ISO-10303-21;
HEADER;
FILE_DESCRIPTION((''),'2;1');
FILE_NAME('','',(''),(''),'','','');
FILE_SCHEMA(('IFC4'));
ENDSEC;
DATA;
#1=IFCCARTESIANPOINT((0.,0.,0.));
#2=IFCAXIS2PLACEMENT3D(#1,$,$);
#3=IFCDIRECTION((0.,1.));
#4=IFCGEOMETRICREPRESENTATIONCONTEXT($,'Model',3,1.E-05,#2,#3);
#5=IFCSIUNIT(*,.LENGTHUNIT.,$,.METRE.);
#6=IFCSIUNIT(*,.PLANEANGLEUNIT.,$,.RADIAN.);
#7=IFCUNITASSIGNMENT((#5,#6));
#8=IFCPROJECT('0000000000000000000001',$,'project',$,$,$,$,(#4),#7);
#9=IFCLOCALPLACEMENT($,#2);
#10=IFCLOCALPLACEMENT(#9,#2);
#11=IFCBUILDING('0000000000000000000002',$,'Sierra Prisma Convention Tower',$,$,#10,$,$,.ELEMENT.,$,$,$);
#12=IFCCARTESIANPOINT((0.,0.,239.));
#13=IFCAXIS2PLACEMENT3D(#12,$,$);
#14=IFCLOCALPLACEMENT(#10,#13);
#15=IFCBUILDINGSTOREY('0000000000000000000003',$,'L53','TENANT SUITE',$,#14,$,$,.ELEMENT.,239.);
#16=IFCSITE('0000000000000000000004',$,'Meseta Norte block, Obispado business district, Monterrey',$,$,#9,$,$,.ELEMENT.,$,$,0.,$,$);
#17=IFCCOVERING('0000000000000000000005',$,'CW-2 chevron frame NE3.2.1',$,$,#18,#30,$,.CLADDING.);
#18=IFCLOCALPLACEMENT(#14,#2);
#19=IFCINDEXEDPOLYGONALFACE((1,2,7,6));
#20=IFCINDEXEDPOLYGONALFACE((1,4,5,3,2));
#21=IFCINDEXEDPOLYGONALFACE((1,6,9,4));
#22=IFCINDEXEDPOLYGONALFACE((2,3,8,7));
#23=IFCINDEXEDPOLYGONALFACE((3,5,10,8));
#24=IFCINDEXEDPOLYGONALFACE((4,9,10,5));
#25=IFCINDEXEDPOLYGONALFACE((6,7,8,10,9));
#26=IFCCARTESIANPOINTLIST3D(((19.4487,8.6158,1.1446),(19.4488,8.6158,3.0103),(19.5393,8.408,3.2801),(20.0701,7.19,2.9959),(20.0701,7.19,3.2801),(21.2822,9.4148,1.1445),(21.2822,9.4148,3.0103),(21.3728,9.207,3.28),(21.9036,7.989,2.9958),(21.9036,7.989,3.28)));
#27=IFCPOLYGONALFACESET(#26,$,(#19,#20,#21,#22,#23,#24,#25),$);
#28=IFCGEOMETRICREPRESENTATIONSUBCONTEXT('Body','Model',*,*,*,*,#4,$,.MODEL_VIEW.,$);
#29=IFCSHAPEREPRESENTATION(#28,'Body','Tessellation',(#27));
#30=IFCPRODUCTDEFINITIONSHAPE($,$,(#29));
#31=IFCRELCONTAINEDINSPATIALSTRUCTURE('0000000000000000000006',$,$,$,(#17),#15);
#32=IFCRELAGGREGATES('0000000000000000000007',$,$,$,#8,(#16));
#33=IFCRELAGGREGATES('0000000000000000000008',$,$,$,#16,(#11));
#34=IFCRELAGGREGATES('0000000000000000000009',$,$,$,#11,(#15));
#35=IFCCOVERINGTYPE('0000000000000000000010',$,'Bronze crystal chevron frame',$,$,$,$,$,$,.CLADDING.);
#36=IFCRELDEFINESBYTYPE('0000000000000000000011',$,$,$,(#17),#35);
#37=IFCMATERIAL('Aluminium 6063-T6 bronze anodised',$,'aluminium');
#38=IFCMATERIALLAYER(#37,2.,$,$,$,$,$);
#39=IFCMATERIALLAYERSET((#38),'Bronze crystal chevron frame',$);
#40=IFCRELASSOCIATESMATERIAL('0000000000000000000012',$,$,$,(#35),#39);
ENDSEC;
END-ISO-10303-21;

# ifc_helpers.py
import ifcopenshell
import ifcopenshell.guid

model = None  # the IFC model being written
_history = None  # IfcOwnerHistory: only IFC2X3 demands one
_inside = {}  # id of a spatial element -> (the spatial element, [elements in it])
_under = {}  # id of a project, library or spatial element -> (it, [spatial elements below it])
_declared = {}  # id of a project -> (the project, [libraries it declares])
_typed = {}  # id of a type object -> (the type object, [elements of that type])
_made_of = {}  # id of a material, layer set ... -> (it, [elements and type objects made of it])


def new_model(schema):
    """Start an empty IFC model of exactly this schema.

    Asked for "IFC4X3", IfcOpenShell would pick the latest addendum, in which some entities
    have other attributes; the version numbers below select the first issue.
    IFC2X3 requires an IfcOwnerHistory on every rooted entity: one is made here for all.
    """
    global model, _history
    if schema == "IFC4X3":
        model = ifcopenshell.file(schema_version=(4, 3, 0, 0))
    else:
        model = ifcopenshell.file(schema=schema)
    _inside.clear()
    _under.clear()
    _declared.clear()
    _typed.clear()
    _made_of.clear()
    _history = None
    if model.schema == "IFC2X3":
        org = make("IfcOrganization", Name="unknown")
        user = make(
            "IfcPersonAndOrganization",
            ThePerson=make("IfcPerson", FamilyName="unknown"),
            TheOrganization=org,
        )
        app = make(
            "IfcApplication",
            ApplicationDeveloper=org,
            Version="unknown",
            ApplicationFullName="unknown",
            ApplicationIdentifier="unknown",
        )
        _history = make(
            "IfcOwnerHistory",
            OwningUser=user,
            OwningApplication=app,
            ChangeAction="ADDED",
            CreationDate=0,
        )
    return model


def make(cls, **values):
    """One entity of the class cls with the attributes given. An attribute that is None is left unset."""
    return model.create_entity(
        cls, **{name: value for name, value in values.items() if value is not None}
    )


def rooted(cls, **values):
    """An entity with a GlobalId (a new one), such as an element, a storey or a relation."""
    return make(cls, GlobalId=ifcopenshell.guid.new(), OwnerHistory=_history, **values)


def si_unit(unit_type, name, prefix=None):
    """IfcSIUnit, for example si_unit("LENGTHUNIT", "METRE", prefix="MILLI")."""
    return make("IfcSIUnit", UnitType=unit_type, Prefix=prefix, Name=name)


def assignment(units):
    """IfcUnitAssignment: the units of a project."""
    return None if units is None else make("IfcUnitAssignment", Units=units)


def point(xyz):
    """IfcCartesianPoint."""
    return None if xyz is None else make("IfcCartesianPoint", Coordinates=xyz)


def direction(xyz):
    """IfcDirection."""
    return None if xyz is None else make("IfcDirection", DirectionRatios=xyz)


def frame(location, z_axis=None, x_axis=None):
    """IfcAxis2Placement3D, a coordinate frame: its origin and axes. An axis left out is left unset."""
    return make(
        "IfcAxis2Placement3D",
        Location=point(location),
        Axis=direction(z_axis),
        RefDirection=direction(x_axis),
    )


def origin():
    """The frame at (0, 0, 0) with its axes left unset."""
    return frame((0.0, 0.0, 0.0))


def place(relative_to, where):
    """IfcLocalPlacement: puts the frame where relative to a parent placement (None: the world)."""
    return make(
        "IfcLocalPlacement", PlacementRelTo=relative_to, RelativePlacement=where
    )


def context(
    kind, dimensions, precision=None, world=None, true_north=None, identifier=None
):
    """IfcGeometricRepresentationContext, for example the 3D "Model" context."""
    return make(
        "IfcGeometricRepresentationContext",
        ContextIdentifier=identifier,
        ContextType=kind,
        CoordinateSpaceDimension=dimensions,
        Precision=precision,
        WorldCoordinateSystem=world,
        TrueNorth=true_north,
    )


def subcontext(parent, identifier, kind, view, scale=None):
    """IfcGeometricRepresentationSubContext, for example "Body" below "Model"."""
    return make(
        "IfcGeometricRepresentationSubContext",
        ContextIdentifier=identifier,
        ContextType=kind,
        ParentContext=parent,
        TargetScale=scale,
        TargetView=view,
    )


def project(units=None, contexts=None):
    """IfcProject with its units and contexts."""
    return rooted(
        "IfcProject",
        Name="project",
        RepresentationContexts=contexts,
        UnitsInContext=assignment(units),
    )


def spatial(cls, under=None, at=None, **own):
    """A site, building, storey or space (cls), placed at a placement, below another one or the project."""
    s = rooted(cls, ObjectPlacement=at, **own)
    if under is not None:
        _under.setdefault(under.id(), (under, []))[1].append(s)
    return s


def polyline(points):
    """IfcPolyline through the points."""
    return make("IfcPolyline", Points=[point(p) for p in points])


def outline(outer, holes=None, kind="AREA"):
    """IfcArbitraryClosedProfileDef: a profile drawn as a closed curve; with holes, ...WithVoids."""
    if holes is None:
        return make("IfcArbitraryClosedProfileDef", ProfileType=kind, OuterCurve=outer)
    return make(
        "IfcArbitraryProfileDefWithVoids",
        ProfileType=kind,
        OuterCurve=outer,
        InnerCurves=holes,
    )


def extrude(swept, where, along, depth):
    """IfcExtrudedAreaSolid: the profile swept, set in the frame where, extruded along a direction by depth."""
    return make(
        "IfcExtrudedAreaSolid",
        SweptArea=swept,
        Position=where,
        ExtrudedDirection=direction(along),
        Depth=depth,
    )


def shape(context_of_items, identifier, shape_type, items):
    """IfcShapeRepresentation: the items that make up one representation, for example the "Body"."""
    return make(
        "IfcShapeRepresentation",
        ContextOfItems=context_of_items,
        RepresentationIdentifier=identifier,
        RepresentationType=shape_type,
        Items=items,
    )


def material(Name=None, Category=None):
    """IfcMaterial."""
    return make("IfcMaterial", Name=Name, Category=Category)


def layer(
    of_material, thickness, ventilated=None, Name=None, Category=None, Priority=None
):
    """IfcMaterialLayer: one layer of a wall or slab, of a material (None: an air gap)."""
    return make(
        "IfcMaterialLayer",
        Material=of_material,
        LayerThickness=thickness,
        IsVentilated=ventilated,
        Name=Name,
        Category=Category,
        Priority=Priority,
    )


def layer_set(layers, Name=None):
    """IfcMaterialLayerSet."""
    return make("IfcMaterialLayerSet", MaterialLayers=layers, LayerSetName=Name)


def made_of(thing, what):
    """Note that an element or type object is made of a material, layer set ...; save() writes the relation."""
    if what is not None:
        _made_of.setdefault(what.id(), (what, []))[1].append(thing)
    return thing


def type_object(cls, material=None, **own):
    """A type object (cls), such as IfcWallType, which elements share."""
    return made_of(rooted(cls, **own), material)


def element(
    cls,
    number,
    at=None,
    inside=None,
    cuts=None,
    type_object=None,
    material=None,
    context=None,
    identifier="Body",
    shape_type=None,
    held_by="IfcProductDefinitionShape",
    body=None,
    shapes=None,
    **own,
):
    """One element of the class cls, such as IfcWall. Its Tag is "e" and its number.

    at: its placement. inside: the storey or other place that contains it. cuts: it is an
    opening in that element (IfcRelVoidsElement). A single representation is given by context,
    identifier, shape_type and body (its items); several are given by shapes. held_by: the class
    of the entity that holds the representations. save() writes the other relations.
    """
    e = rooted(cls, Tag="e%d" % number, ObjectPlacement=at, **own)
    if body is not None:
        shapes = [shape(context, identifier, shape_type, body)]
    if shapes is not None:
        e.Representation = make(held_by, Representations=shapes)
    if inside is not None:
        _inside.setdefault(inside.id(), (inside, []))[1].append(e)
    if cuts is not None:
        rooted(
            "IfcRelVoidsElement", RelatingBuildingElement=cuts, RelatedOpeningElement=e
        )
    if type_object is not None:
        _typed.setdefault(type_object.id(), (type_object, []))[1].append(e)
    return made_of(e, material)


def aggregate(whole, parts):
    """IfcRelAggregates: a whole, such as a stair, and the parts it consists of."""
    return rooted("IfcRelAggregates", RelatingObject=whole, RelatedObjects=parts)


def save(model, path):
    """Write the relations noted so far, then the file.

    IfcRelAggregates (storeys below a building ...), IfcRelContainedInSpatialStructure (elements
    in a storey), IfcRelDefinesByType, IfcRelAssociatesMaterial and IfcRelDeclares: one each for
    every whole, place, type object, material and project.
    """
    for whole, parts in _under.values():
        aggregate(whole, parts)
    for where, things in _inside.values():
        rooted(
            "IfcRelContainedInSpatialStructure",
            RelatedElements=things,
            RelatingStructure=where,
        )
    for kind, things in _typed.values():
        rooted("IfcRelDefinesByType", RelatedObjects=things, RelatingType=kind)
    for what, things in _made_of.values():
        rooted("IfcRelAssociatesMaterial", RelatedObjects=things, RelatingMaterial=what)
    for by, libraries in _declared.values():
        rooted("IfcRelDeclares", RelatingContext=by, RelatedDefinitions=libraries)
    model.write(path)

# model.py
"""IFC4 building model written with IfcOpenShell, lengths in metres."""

from ifc_helpers import new_model, si_unit, direction, frame, origin, place, context, subcontext, project, spatial, polyline, outline, extrude, material, layer, layer_set, type_object, element, save


model = new_model("IFC4")

# Units and contexts
model_context = context("Model", 3, precision=1e-05, world=origin(), true_north=direction((0.0, 1.0)))
body_context = subcontext(model_context, "Body", "Model", "MODEL_VIEW")
ifc_project = project(units=[si_unit("LENGTHUNIT", "METRE"), si_unit("PLANEANGLEUNIT", "RADIAN")], contexts=[model_context])

# Site, building, storey
site_placement = place(None, origin())
site = spatial("IfcSite", under=ifc_project, at=site_placement, Name="Meseta Norte block, Obispado business district, Monterrey", CompositionType="ELEMENT", RefElevation=0.0)
building_placement = place(site_placement, origin())
building = spatial("IfcBuilding", under=site, at=building_placement, Name="Sierra Prisma Convention Tower", CompositionType="ELEMENT")
storey_placement = place(building_placement, frame((0.0, 0.0, 239.0)))
storey = spatial("IfcBuildingStorey", under=building, at=storey_placement, Name="L53", Description="TENANT SUITE", CompositionType="ELEMENT", Elevation=239.0)

# Covering
ifc_material_1 = material(Name="Aluminium 6063-T6 bronze anodised", Category="aluminium")
ifc_layer_1 = layer(ifc_material_1, 2.0)
ifc_layer_set_1 = layer_set([ifc_layer_1], Name="Bronze crystal chevron frame")
covering_type = type_object("IfcCoveringType", Name="Bronze crystal chevron frame", PredefinedType="CLADDING", material=ifc_layer_set_1)
covering_1_placement = place(storey_placement, frame((21.9036, 7.989, 3.28), z_axis=(0.916734, 0.399499, -0.000014), x_axis=(-0.000012, -0.000005, -1.0)))
element("IfcCovering", 1, at=covering_1_placement, inside=storey, type_object=covering_type, Name="CW-2 chevron frame NE3.2.1", PredefinedType="CLADDING", context=body_context, shape_type="SweptSolid", body=[
    extrude(outline(polyline([(0.0, 0.0), (0.2842, 0.0), (2.1355, 1.5553), (0.2698, 1.5553), (0.0, 1.3286), (0.0, 0.0)])), origin(), (0.0, 0.0, -1.0), 2.0),
])

save(model, "model.ifc")
